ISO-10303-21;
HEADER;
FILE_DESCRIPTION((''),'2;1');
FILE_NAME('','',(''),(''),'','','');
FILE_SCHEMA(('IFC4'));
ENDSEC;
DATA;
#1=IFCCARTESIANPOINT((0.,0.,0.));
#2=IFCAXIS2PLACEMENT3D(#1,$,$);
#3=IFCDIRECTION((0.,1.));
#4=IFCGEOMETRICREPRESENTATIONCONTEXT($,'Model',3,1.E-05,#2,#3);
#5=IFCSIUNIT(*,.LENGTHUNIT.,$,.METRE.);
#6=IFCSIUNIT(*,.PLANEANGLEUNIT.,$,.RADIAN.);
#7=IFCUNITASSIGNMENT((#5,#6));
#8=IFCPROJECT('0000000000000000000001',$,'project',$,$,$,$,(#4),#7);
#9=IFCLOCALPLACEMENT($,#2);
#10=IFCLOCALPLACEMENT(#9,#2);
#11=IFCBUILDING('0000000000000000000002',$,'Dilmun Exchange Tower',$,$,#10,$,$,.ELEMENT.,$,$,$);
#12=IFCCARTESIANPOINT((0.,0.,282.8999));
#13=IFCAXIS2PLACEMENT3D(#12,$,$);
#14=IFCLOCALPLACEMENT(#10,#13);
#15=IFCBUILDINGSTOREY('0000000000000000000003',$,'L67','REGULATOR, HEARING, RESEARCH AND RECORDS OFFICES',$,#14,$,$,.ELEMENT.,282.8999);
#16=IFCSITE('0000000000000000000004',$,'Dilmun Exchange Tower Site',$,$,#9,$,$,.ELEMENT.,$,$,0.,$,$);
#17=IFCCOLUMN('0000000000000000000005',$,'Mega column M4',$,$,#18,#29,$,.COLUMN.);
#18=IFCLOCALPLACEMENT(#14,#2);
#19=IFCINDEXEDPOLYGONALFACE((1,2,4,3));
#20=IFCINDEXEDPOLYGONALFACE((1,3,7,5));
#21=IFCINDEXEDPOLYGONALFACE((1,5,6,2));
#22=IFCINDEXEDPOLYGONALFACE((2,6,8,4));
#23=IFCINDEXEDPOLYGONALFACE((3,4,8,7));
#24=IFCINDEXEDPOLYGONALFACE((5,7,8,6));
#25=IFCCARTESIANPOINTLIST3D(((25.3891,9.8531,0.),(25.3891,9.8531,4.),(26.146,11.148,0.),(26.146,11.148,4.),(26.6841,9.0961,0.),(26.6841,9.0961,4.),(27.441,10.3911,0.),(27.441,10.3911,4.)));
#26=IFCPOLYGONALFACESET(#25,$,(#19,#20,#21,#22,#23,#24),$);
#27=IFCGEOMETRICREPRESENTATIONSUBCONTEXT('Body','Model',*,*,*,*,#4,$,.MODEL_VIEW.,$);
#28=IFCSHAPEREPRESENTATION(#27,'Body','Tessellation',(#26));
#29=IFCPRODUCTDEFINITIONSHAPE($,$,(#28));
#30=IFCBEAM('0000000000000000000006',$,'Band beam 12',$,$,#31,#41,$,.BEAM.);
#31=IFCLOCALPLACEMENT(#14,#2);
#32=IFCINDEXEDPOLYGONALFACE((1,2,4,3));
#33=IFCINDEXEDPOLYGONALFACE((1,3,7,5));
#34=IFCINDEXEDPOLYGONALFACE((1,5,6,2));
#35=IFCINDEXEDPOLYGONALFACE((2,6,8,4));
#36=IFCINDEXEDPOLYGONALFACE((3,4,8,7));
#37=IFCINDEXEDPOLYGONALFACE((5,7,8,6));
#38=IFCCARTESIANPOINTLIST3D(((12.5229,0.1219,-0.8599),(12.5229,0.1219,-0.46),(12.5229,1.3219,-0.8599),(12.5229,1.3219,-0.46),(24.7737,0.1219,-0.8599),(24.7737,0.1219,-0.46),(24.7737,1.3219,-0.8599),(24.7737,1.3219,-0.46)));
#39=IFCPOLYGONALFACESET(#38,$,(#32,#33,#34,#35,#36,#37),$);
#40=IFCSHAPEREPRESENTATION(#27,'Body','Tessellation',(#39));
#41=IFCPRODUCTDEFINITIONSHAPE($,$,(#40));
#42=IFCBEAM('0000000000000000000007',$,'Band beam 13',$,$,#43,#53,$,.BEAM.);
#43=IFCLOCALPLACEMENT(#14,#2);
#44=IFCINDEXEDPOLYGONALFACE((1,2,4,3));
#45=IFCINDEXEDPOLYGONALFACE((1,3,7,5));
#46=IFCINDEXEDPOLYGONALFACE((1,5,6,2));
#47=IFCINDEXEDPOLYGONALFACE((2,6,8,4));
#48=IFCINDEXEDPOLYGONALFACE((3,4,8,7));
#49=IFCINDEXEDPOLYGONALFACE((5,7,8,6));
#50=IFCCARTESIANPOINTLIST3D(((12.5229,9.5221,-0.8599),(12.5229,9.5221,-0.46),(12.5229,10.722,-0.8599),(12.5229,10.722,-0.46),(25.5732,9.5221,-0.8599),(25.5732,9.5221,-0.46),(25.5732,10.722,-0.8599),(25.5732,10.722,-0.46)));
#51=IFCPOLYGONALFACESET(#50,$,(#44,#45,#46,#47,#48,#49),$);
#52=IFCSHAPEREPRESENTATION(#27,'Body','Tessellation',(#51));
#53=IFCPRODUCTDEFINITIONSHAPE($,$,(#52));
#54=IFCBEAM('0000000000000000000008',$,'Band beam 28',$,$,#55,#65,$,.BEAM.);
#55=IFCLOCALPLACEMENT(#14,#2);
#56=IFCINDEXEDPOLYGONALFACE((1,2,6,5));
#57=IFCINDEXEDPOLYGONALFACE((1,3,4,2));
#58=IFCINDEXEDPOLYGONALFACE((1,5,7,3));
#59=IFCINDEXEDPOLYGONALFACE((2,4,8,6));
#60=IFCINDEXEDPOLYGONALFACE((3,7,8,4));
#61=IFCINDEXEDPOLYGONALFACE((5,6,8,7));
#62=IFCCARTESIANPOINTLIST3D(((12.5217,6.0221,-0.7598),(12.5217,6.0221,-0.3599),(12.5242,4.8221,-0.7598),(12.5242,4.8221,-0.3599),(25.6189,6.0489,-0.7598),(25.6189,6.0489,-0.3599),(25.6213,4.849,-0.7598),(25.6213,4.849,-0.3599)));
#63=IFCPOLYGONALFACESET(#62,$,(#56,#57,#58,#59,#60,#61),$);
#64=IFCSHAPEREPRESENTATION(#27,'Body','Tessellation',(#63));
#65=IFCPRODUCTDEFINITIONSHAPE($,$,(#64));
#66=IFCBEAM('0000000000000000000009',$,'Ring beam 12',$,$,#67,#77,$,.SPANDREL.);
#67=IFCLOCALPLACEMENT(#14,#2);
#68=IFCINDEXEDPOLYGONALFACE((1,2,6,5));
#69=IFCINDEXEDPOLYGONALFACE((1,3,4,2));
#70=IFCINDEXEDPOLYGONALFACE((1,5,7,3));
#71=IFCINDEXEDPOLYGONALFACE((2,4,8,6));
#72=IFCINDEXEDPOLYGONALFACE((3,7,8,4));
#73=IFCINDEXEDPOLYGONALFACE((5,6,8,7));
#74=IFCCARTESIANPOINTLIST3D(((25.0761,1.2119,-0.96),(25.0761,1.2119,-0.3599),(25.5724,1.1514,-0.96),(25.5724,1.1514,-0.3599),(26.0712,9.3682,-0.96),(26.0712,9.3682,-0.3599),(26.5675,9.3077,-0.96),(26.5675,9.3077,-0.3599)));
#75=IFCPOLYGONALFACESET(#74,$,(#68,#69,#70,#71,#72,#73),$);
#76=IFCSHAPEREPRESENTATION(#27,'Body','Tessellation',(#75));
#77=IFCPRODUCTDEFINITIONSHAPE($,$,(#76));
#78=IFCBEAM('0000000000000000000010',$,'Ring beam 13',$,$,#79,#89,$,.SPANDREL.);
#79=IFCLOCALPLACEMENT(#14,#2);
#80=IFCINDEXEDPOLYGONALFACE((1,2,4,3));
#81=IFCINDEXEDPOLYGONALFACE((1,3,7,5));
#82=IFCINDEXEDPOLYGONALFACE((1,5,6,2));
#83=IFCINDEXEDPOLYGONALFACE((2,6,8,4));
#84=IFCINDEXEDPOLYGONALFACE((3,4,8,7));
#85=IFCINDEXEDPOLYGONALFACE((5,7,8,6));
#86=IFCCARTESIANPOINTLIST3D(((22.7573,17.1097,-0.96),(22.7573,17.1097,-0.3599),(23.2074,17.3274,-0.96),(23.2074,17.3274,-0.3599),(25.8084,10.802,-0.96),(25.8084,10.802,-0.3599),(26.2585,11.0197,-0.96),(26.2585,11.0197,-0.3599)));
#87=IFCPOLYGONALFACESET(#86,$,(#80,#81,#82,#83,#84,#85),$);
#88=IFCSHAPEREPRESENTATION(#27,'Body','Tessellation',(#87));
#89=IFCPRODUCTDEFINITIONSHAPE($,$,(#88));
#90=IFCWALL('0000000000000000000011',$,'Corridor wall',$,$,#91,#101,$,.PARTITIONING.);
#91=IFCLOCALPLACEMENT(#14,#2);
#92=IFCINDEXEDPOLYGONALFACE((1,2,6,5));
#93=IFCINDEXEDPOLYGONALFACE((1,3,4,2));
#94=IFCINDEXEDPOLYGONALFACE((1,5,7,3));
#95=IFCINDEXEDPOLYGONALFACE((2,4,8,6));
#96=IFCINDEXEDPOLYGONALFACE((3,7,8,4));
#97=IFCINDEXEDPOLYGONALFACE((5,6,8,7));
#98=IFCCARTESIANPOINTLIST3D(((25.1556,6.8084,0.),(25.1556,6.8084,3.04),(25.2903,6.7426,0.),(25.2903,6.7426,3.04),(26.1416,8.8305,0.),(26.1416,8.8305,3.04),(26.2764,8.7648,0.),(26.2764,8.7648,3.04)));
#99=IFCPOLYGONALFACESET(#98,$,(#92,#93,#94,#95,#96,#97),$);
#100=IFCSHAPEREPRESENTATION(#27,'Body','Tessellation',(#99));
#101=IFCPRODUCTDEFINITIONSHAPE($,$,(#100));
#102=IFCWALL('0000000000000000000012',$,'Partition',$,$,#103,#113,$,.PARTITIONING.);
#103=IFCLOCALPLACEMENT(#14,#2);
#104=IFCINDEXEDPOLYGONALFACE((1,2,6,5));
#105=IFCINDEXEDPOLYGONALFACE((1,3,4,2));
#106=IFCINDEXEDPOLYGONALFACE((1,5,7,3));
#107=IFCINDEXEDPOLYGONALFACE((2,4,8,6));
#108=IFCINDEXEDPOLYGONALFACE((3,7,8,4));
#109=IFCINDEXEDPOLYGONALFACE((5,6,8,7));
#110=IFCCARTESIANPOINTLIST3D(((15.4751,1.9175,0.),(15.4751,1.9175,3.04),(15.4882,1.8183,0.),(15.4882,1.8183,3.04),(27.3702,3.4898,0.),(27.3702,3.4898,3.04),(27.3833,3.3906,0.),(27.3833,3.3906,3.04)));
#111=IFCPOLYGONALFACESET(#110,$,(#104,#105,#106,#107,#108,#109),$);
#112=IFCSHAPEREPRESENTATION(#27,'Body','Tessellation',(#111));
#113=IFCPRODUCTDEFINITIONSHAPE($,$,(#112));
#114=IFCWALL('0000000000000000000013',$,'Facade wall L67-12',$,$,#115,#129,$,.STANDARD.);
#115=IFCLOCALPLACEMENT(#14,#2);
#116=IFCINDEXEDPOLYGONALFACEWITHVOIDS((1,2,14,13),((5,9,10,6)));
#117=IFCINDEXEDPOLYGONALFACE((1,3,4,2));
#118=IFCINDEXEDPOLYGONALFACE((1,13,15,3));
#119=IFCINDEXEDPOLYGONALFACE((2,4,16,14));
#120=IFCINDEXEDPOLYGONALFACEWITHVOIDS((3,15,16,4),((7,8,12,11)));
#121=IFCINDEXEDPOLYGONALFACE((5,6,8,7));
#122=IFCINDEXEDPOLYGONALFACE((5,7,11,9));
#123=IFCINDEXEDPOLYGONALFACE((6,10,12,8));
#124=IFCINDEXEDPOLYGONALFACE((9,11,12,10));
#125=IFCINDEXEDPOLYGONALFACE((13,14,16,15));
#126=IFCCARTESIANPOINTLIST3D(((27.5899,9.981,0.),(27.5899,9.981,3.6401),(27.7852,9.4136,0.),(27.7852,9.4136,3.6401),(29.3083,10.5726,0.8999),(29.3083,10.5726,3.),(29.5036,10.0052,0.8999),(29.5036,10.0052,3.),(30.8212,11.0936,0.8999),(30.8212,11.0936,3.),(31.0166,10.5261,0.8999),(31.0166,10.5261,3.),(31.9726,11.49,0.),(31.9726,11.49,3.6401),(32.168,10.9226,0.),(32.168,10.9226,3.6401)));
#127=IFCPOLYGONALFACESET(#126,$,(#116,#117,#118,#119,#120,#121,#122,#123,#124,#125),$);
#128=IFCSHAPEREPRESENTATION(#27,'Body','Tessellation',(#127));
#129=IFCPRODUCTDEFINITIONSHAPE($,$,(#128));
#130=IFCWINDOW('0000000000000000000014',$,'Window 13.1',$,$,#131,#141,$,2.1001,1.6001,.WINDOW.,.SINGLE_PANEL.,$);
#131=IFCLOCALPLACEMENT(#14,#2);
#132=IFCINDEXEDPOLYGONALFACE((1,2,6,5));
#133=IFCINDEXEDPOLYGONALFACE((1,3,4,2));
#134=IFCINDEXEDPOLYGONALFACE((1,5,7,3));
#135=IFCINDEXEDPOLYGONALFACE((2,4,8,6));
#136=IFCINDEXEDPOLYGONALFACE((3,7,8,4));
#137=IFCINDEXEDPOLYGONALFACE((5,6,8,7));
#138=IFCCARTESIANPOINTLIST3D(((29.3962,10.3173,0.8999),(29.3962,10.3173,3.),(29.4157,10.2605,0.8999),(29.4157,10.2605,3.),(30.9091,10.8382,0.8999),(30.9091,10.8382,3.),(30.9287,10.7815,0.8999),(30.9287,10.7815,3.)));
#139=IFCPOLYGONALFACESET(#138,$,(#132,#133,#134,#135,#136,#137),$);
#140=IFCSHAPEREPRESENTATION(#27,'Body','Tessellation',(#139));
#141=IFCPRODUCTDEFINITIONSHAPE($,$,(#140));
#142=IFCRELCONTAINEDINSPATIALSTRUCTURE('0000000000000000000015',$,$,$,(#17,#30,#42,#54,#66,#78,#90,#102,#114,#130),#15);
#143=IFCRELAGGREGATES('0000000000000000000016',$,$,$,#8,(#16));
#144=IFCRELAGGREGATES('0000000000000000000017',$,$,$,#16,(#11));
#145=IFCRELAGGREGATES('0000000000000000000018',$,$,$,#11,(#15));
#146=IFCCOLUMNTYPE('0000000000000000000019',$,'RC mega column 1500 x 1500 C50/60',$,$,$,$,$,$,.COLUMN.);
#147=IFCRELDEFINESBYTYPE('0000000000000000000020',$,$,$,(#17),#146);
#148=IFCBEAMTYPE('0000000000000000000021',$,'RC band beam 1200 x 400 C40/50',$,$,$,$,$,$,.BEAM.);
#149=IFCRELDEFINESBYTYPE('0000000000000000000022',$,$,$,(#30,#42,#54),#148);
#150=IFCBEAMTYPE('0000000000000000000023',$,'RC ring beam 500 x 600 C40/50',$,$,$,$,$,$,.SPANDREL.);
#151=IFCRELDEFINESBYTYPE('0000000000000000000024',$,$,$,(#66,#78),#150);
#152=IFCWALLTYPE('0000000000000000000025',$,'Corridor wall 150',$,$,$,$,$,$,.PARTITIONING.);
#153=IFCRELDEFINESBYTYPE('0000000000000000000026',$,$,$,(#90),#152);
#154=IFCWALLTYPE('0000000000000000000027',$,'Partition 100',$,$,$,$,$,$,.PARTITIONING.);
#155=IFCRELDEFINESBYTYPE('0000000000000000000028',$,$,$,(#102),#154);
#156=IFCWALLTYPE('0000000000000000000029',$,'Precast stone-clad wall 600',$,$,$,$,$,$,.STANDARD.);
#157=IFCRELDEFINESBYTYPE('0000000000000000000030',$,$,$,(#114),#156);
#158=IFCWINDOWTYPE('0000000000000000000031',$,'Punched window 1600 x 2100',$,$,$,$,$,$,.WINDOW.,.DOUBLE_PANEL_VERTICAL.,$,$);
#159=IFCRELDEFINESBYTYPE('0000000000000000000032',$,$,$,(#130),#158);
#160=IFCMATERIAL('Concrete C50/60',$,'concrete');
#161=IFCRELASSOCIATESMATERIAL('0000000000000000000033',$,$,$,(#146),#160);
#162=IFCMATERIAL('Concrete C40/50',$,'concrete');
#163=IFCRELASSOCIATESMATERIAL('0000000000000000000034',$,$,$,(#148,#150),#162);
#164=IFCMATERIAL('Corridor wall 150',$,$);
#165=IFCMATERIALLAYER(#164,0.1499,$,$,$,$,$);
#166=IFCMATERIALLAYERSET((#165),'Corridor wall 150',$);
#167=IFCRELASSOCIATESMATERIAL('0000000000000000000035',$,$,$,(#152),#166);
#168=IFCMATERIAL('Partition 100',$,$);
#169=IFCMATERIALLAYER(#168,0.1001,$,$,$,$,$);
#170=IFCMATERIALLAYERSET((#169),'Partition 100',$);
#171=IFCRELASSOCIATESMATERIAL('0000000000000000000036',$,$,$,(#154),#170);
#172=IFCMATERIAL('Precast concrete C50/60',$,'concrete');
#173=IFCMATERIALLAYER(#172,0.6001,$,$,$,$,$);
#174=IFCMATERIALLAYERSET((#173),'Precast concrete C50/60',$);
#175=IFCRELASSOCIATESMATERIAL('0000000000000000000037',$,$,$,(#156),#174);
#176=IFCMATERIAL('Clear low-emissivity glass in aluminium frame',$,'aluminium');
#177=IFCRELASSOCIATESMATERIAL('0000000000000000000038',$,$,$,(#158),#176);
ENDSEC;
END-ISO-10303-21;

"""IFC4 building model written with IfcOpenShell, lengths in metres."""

from ifc_helpers import new_model, si_unit, direction, frame, frame_2d, origin, origin_2d, place, context, subcontext, project, spatial, rectangle, extrude, material, layer, layer_set, material_profile, profile_set, type_object, element, fill, save


model = new_model("IFC4")

# Units and contexts
model_context = context("Model", 3, precision=1e-05, world=origin(), true_north=direction((0.0, 1.0)))
body_context = subcontext(model_context, "Body", "Model", "MODEL_VIEW")
ifc_project = project(units=[si_unit("LENGTHUNIT", "METRE"), si_unit("PLANEANGLEUNIT", "RADIAN")], contexts=[model_context])

# Site, building, storey
site_placement = place(None, origin())
site = spatial("IfcSite", under=ifc_project, at=site_placement, Name="Dilmun Exchange Tower Site", CompositionType="ELEMENT", RefElevation=0.0)
building_placement = place(site_placement, origin())
building = spatial("IfcBuilding", under=site, at=building_placement, Name="Dilmun Exchange Tower", CompositionType="ELEMENT")
storey_placement = place(building_placement, frame((0.0, 0.0, 282.8999)))
storey = spatial("IfcBuildingStorey", under=building, at=storey_placement, Name="L67", Description="REGULATOR, HEARING, RESEARCH AND RECORDS OFFICES", CompositionType="ELEMENT", Elevation=282.8999)

# Column
ifc_material_1 = material(Name="Concrete C50/60", Category="concrete")
ifc_material_profile_1 = material_profile(ifc_material_1, rectangle(XDim=1.5, YDim=1.5, at=origin_2d()), Name="1500 x 1500")
ifc_profile_set_1 = profile_set([ifc_material_profile_1], Name="Concrete C50/60")
column_type = type_object("IfcColumnType", Name="RC mega column 1500 x 1500 C50/60", PredefinedType="COLUMN", material=ifc_profile_set_1)
column_placement = place(storey_placement, frame((26.415, 10.1221, 0.0), z_axis=(0.0, 0.0, 1.0), x_axis=(0.504644, 0.863328, 0.0)))
element("IfcColumn", 1, at=column_placement, inside=storey, type_object=column_type, Name="Mega column M4", PredefinedType="COLUMN", context=body_context, shape_type="SweptSolid", body=[
    extrude(rectangle(XDim=1.5, YDim=1.5, at=origin_2d()), origin(), (0.0, 0.0, 1.0), 4.0),
])

# Beams
ifc_material_2 = material(Name="Concrete C40/50", Category="concrete")
ifc_material_profile_2 = material_profile(ifc_material_2, rectangle(XDim=1.2, YDim=0.3999, at=origin_2d()), Name="1200 x 400")
ifc_profile_set_2 = profile_set([ifc_material_profile_2], Name="Concrete C40/50")
beam_type_1 = type_object("IfcBeamType", Name="RC band beam 1200 x 400 C40/50", PredefinedType="BEAM", material=ifc_profile_set_2)
beam_1_placement = place(storey_placement, frame((24.7737, 0.7219, -0.6599), z_axis=(-1.0, 0.0, 0.0), x_axis=(0.0, -1.0, 0.0)))
element("IfcBeam", 2, at=beam_1_placement, inside=storey, type_object=beam_type_1, Name="Band beam 12", PredefinedType="BEAM", context=body_context, shape_type="SweptSolid", body=[
    extrude(rectangle(XDim=1.2, YDim=0.3999, at=origin_2d()), origin(), (0.0, 0.0, 1.0), 12.2507),
])
beam_2_placement = place(storey_placement, frame((25.5732, 10.1221, -0.6599), z_axis=(-1.0, 0.0, 0.0), x_axis=(0.0, -1.0, 0.0)))
element("IfcBeam", 3, at=beam_2_placement, inside=storey, type_object=beam_type_1, Name="Band beam 13", PredefinedType="BEAM", context=body_context, shape_type="SweptSolid", body=[
    extrude(rectangle(XDim=1.2, YDim=0.3999, at=origin_2d()), origin(), (0.0, 0.0, 1.0), 13.0503),
])
beam_3_placement = place(storey_placement, frame((25.6201, 5.449, -0.5598), z_axis=(-0.999998, -0.00205, 0.0), x_axis=(0.00205, -0.999998, 0.0)))
element("IfcBeam", 4, at=beam_3_placement, inside=storey, type_object=beam_type_1, Name="Band beam 28", PredefinedType="BEAM", context=body_context, shape_type="SweptSolid", body=[
    extrude(rectangle(XDim=1.2, YDim=0.3999, at=origin_2d()), origin(), (0.0, 0.0, 1.0), 13.0972),
])
ifc_material_profile_3 = material_profile(ifc_material_2, rectangle(XDim=0.5, YDim=0.6001, at=origin_2d()), Name="500 x 600")
ifc_profile_set_3 = profile_set([ifc_material_profile_3], Name="Concrete C40/50")
beam_type_2 = type_object("IfcBeamType", Name="RC ring beam 500 x 600 C40/50", PredefinedType="SPANDREL", material=ifc_profile_set_3)
beam_4_placement = place(storey_placement, frame((25.3242, 1.1816, -0.6599), z_axis=(0.121109, 0.992639, 0.0), x_axis=(-0.992639, 0.121109, 0.0)))
element("IfcBeam", 5, at=beam_4_placement, inside=storey, type_object=beam_type_2, Name="Ring beam 12", PredefinedType="SPANDREL", context=body_context, shape_type="SweptSolid", body=[
    extrude(rectangle(XDim=0.5, YDim=0.6001, at=origin_2d()), origin(), (0.0, 0.0, 1.0), 8.2168),
])
beam_5_placement = place(storey_placement, frame((26.0334, 10.9109, -0.6599), z_axis=(-0.43544, 0.900218, 0.0), x_axis=(-0.900218, -0.43544, 0.0)))
element("IfcBeam", 6, at=beam_5_placement, inside=storey, type_object=beam_type_2, Name="Ring beam 13", PredefinedType="SPANDREL", context=body_context, shape_type="SweptSolid", body=[
    extrude(rectangle(XDim=0.5, YDim=0.6001, at=origin_2d()), origin(), (0.0, 0.0, 1.0), 7.0068),
])

# Walls
ifc_material_3 = material(Name="Corridor wall 150")
ifc_layer_1 = layer(ifc_material_3, 0.1499)
ifc_layer_set_1 = layer_set([ifc_layer_1], Name="Corridor wall 150")
wall_type_1 = type_object("IfcWallType", Name="Corridor wall 150", PredefinedType="PARTITIONING", material=ifc_layer_set_1)
wall_1_placement = place(storey_placement, frame((25.2229, 6.7754, 0.0), z_axis=(0.0, 0.0, 1.0), x_axis=(0.438293, 0.898832, 0.0)))
element("IfcWall", 7, at=wall_1_placement, inside=storey, type_object=wall_type_1, Name="Corridor wall", PredefinedType="PARTITIONING", context=body_context, shape_type="SweptSolid", body=[
    extrude(rectangle(XDim=2.2498, YDim=0.1499, at=frame_2d((1.125, 0.0))), origin(), (0.0, 0.0, 1.0), 3.04),
])
ifc_material_4 = material(Name="Partition 100")
ifc_layer_2 = layer(ifc_material_4, 0.1001)
ifc_layer_set_2 = layer_set([ifc_layer_2], Name="Partition 100")
wall_type_2 = type_object("IfcWallType", Name="Partition 100", PredefinedType="PARTITIONING", material=ifc_layer_set_2)
wall_2_placement = place(storey_placement, frame((15.4817, 1.8679, 0.0), z_axis=(0.0, 0.0, 1.0), x_axis=(0.991377, 0.131039, 0.0)))
element("IfcWall", 8, at=wall_2_placement, inside=storey, type_object=wall_type_2, Name="Partition", PredefinedType="PARTITIONING", context=body_context, shape_type="SweptSolid", body=[
    extrude(rectangle(XDim=11.9985, YDim=0.1001, at=frame_2d((5.9993, 0.0))), origin(), (0.0, 0.0, 1.0), 3.04),
])

# Wall, opening, window
ifc_material_5 = material(Name="Precast concrete C50/60", Category="concrete")
ifc_layer_3 = layer(ifc_material_5, 0.6001)
ifc_layer_set_3 = layer_set([ifc_layer_3], Name="Precast concrete C50/60")
wall_type_3 = type_object("IfcWallType", Name="Precast stone-clad wall 600", PredefinedType="STANDARD", material=ifc_layer_set_3)
wall_3_placement = place(storey_placement, frame((32.0703, 11.2063, 0.0), z_axis=(0.0, 0.0, 1.0), x_axis=(-0.945525, -0.325551, 0.0)))
wall_3 = element("IfcWall", 9, at=wall_3_placement, inside=storey, type_object=wall_type_3, Name="Facade wall L67-12", PredefinedType="STANDARD", context=body_context, shape_type="SweptSolid", body=[
    extrude(rectangle(XDim=4.6353, YDim=0.6001, at=frame_2d((2.3176, 0.0))), origin(), (0.0, 0.0, 1.0), 3.6401),
])
opening_1_placement = place(wall_3_placement, frame((1.2178, 0.0, 0.8999)))
opening_1 = element("IfcOpeningElement", 10, at=opening_1_placement, cuts=wall_3, PredefinedType="OPENING", context=body_context, shape_type="SweptSolid", body=[
    extrude(rectangle(XDim=1.6001, YDim=2.1001, at=frame_2d((0.8, 1.05))), frame((0.0, 0.3101, 0.0), z_axis=(0.0, -1.0, 0.0), x_axis=(1.0, 0.0, 0.0)), (0.0, 0.0, 1.0), 0.6201),
])
ifc_material_6 = material(Name="Clear low-emissivity glass in aluminium frame", Category="aluminium")
window_type = type_object("IfcWindowType", Name="Punched window 1600 x 2100", PartitioningType="DOUBLE_PANEL_VERTICAL", PredefinedType="WINDOW", material=ifc_material_6)
window_1_placement = place(opening_1_placement, origin())
window_1 = element("IfcWindow", 11, at=window_1_placement, inside=storey, type_object=window_type, Name="Window 13.1", OverallHeight=2.1001, OverallWidth=1.6001, PartitioningType="SINGLE_PANEL", PredefinedType="WINDOW", context=body_context, shape_type="SweptSolid", body=[
    extrude(rectangle(XDim=1.6001, YDim=2.1001, at=frame_2d((0.8, 1.05))), frame((0.0, 0.03, 0.0), z_axis=(0.0, -1.0, 0.0), x_axis=(1.0, 0.0, 0.0)), (0.0, 0.0, 1.0), 0.0601),
])
fill(opening_1, window_1)

save(model, "model.ifc")
